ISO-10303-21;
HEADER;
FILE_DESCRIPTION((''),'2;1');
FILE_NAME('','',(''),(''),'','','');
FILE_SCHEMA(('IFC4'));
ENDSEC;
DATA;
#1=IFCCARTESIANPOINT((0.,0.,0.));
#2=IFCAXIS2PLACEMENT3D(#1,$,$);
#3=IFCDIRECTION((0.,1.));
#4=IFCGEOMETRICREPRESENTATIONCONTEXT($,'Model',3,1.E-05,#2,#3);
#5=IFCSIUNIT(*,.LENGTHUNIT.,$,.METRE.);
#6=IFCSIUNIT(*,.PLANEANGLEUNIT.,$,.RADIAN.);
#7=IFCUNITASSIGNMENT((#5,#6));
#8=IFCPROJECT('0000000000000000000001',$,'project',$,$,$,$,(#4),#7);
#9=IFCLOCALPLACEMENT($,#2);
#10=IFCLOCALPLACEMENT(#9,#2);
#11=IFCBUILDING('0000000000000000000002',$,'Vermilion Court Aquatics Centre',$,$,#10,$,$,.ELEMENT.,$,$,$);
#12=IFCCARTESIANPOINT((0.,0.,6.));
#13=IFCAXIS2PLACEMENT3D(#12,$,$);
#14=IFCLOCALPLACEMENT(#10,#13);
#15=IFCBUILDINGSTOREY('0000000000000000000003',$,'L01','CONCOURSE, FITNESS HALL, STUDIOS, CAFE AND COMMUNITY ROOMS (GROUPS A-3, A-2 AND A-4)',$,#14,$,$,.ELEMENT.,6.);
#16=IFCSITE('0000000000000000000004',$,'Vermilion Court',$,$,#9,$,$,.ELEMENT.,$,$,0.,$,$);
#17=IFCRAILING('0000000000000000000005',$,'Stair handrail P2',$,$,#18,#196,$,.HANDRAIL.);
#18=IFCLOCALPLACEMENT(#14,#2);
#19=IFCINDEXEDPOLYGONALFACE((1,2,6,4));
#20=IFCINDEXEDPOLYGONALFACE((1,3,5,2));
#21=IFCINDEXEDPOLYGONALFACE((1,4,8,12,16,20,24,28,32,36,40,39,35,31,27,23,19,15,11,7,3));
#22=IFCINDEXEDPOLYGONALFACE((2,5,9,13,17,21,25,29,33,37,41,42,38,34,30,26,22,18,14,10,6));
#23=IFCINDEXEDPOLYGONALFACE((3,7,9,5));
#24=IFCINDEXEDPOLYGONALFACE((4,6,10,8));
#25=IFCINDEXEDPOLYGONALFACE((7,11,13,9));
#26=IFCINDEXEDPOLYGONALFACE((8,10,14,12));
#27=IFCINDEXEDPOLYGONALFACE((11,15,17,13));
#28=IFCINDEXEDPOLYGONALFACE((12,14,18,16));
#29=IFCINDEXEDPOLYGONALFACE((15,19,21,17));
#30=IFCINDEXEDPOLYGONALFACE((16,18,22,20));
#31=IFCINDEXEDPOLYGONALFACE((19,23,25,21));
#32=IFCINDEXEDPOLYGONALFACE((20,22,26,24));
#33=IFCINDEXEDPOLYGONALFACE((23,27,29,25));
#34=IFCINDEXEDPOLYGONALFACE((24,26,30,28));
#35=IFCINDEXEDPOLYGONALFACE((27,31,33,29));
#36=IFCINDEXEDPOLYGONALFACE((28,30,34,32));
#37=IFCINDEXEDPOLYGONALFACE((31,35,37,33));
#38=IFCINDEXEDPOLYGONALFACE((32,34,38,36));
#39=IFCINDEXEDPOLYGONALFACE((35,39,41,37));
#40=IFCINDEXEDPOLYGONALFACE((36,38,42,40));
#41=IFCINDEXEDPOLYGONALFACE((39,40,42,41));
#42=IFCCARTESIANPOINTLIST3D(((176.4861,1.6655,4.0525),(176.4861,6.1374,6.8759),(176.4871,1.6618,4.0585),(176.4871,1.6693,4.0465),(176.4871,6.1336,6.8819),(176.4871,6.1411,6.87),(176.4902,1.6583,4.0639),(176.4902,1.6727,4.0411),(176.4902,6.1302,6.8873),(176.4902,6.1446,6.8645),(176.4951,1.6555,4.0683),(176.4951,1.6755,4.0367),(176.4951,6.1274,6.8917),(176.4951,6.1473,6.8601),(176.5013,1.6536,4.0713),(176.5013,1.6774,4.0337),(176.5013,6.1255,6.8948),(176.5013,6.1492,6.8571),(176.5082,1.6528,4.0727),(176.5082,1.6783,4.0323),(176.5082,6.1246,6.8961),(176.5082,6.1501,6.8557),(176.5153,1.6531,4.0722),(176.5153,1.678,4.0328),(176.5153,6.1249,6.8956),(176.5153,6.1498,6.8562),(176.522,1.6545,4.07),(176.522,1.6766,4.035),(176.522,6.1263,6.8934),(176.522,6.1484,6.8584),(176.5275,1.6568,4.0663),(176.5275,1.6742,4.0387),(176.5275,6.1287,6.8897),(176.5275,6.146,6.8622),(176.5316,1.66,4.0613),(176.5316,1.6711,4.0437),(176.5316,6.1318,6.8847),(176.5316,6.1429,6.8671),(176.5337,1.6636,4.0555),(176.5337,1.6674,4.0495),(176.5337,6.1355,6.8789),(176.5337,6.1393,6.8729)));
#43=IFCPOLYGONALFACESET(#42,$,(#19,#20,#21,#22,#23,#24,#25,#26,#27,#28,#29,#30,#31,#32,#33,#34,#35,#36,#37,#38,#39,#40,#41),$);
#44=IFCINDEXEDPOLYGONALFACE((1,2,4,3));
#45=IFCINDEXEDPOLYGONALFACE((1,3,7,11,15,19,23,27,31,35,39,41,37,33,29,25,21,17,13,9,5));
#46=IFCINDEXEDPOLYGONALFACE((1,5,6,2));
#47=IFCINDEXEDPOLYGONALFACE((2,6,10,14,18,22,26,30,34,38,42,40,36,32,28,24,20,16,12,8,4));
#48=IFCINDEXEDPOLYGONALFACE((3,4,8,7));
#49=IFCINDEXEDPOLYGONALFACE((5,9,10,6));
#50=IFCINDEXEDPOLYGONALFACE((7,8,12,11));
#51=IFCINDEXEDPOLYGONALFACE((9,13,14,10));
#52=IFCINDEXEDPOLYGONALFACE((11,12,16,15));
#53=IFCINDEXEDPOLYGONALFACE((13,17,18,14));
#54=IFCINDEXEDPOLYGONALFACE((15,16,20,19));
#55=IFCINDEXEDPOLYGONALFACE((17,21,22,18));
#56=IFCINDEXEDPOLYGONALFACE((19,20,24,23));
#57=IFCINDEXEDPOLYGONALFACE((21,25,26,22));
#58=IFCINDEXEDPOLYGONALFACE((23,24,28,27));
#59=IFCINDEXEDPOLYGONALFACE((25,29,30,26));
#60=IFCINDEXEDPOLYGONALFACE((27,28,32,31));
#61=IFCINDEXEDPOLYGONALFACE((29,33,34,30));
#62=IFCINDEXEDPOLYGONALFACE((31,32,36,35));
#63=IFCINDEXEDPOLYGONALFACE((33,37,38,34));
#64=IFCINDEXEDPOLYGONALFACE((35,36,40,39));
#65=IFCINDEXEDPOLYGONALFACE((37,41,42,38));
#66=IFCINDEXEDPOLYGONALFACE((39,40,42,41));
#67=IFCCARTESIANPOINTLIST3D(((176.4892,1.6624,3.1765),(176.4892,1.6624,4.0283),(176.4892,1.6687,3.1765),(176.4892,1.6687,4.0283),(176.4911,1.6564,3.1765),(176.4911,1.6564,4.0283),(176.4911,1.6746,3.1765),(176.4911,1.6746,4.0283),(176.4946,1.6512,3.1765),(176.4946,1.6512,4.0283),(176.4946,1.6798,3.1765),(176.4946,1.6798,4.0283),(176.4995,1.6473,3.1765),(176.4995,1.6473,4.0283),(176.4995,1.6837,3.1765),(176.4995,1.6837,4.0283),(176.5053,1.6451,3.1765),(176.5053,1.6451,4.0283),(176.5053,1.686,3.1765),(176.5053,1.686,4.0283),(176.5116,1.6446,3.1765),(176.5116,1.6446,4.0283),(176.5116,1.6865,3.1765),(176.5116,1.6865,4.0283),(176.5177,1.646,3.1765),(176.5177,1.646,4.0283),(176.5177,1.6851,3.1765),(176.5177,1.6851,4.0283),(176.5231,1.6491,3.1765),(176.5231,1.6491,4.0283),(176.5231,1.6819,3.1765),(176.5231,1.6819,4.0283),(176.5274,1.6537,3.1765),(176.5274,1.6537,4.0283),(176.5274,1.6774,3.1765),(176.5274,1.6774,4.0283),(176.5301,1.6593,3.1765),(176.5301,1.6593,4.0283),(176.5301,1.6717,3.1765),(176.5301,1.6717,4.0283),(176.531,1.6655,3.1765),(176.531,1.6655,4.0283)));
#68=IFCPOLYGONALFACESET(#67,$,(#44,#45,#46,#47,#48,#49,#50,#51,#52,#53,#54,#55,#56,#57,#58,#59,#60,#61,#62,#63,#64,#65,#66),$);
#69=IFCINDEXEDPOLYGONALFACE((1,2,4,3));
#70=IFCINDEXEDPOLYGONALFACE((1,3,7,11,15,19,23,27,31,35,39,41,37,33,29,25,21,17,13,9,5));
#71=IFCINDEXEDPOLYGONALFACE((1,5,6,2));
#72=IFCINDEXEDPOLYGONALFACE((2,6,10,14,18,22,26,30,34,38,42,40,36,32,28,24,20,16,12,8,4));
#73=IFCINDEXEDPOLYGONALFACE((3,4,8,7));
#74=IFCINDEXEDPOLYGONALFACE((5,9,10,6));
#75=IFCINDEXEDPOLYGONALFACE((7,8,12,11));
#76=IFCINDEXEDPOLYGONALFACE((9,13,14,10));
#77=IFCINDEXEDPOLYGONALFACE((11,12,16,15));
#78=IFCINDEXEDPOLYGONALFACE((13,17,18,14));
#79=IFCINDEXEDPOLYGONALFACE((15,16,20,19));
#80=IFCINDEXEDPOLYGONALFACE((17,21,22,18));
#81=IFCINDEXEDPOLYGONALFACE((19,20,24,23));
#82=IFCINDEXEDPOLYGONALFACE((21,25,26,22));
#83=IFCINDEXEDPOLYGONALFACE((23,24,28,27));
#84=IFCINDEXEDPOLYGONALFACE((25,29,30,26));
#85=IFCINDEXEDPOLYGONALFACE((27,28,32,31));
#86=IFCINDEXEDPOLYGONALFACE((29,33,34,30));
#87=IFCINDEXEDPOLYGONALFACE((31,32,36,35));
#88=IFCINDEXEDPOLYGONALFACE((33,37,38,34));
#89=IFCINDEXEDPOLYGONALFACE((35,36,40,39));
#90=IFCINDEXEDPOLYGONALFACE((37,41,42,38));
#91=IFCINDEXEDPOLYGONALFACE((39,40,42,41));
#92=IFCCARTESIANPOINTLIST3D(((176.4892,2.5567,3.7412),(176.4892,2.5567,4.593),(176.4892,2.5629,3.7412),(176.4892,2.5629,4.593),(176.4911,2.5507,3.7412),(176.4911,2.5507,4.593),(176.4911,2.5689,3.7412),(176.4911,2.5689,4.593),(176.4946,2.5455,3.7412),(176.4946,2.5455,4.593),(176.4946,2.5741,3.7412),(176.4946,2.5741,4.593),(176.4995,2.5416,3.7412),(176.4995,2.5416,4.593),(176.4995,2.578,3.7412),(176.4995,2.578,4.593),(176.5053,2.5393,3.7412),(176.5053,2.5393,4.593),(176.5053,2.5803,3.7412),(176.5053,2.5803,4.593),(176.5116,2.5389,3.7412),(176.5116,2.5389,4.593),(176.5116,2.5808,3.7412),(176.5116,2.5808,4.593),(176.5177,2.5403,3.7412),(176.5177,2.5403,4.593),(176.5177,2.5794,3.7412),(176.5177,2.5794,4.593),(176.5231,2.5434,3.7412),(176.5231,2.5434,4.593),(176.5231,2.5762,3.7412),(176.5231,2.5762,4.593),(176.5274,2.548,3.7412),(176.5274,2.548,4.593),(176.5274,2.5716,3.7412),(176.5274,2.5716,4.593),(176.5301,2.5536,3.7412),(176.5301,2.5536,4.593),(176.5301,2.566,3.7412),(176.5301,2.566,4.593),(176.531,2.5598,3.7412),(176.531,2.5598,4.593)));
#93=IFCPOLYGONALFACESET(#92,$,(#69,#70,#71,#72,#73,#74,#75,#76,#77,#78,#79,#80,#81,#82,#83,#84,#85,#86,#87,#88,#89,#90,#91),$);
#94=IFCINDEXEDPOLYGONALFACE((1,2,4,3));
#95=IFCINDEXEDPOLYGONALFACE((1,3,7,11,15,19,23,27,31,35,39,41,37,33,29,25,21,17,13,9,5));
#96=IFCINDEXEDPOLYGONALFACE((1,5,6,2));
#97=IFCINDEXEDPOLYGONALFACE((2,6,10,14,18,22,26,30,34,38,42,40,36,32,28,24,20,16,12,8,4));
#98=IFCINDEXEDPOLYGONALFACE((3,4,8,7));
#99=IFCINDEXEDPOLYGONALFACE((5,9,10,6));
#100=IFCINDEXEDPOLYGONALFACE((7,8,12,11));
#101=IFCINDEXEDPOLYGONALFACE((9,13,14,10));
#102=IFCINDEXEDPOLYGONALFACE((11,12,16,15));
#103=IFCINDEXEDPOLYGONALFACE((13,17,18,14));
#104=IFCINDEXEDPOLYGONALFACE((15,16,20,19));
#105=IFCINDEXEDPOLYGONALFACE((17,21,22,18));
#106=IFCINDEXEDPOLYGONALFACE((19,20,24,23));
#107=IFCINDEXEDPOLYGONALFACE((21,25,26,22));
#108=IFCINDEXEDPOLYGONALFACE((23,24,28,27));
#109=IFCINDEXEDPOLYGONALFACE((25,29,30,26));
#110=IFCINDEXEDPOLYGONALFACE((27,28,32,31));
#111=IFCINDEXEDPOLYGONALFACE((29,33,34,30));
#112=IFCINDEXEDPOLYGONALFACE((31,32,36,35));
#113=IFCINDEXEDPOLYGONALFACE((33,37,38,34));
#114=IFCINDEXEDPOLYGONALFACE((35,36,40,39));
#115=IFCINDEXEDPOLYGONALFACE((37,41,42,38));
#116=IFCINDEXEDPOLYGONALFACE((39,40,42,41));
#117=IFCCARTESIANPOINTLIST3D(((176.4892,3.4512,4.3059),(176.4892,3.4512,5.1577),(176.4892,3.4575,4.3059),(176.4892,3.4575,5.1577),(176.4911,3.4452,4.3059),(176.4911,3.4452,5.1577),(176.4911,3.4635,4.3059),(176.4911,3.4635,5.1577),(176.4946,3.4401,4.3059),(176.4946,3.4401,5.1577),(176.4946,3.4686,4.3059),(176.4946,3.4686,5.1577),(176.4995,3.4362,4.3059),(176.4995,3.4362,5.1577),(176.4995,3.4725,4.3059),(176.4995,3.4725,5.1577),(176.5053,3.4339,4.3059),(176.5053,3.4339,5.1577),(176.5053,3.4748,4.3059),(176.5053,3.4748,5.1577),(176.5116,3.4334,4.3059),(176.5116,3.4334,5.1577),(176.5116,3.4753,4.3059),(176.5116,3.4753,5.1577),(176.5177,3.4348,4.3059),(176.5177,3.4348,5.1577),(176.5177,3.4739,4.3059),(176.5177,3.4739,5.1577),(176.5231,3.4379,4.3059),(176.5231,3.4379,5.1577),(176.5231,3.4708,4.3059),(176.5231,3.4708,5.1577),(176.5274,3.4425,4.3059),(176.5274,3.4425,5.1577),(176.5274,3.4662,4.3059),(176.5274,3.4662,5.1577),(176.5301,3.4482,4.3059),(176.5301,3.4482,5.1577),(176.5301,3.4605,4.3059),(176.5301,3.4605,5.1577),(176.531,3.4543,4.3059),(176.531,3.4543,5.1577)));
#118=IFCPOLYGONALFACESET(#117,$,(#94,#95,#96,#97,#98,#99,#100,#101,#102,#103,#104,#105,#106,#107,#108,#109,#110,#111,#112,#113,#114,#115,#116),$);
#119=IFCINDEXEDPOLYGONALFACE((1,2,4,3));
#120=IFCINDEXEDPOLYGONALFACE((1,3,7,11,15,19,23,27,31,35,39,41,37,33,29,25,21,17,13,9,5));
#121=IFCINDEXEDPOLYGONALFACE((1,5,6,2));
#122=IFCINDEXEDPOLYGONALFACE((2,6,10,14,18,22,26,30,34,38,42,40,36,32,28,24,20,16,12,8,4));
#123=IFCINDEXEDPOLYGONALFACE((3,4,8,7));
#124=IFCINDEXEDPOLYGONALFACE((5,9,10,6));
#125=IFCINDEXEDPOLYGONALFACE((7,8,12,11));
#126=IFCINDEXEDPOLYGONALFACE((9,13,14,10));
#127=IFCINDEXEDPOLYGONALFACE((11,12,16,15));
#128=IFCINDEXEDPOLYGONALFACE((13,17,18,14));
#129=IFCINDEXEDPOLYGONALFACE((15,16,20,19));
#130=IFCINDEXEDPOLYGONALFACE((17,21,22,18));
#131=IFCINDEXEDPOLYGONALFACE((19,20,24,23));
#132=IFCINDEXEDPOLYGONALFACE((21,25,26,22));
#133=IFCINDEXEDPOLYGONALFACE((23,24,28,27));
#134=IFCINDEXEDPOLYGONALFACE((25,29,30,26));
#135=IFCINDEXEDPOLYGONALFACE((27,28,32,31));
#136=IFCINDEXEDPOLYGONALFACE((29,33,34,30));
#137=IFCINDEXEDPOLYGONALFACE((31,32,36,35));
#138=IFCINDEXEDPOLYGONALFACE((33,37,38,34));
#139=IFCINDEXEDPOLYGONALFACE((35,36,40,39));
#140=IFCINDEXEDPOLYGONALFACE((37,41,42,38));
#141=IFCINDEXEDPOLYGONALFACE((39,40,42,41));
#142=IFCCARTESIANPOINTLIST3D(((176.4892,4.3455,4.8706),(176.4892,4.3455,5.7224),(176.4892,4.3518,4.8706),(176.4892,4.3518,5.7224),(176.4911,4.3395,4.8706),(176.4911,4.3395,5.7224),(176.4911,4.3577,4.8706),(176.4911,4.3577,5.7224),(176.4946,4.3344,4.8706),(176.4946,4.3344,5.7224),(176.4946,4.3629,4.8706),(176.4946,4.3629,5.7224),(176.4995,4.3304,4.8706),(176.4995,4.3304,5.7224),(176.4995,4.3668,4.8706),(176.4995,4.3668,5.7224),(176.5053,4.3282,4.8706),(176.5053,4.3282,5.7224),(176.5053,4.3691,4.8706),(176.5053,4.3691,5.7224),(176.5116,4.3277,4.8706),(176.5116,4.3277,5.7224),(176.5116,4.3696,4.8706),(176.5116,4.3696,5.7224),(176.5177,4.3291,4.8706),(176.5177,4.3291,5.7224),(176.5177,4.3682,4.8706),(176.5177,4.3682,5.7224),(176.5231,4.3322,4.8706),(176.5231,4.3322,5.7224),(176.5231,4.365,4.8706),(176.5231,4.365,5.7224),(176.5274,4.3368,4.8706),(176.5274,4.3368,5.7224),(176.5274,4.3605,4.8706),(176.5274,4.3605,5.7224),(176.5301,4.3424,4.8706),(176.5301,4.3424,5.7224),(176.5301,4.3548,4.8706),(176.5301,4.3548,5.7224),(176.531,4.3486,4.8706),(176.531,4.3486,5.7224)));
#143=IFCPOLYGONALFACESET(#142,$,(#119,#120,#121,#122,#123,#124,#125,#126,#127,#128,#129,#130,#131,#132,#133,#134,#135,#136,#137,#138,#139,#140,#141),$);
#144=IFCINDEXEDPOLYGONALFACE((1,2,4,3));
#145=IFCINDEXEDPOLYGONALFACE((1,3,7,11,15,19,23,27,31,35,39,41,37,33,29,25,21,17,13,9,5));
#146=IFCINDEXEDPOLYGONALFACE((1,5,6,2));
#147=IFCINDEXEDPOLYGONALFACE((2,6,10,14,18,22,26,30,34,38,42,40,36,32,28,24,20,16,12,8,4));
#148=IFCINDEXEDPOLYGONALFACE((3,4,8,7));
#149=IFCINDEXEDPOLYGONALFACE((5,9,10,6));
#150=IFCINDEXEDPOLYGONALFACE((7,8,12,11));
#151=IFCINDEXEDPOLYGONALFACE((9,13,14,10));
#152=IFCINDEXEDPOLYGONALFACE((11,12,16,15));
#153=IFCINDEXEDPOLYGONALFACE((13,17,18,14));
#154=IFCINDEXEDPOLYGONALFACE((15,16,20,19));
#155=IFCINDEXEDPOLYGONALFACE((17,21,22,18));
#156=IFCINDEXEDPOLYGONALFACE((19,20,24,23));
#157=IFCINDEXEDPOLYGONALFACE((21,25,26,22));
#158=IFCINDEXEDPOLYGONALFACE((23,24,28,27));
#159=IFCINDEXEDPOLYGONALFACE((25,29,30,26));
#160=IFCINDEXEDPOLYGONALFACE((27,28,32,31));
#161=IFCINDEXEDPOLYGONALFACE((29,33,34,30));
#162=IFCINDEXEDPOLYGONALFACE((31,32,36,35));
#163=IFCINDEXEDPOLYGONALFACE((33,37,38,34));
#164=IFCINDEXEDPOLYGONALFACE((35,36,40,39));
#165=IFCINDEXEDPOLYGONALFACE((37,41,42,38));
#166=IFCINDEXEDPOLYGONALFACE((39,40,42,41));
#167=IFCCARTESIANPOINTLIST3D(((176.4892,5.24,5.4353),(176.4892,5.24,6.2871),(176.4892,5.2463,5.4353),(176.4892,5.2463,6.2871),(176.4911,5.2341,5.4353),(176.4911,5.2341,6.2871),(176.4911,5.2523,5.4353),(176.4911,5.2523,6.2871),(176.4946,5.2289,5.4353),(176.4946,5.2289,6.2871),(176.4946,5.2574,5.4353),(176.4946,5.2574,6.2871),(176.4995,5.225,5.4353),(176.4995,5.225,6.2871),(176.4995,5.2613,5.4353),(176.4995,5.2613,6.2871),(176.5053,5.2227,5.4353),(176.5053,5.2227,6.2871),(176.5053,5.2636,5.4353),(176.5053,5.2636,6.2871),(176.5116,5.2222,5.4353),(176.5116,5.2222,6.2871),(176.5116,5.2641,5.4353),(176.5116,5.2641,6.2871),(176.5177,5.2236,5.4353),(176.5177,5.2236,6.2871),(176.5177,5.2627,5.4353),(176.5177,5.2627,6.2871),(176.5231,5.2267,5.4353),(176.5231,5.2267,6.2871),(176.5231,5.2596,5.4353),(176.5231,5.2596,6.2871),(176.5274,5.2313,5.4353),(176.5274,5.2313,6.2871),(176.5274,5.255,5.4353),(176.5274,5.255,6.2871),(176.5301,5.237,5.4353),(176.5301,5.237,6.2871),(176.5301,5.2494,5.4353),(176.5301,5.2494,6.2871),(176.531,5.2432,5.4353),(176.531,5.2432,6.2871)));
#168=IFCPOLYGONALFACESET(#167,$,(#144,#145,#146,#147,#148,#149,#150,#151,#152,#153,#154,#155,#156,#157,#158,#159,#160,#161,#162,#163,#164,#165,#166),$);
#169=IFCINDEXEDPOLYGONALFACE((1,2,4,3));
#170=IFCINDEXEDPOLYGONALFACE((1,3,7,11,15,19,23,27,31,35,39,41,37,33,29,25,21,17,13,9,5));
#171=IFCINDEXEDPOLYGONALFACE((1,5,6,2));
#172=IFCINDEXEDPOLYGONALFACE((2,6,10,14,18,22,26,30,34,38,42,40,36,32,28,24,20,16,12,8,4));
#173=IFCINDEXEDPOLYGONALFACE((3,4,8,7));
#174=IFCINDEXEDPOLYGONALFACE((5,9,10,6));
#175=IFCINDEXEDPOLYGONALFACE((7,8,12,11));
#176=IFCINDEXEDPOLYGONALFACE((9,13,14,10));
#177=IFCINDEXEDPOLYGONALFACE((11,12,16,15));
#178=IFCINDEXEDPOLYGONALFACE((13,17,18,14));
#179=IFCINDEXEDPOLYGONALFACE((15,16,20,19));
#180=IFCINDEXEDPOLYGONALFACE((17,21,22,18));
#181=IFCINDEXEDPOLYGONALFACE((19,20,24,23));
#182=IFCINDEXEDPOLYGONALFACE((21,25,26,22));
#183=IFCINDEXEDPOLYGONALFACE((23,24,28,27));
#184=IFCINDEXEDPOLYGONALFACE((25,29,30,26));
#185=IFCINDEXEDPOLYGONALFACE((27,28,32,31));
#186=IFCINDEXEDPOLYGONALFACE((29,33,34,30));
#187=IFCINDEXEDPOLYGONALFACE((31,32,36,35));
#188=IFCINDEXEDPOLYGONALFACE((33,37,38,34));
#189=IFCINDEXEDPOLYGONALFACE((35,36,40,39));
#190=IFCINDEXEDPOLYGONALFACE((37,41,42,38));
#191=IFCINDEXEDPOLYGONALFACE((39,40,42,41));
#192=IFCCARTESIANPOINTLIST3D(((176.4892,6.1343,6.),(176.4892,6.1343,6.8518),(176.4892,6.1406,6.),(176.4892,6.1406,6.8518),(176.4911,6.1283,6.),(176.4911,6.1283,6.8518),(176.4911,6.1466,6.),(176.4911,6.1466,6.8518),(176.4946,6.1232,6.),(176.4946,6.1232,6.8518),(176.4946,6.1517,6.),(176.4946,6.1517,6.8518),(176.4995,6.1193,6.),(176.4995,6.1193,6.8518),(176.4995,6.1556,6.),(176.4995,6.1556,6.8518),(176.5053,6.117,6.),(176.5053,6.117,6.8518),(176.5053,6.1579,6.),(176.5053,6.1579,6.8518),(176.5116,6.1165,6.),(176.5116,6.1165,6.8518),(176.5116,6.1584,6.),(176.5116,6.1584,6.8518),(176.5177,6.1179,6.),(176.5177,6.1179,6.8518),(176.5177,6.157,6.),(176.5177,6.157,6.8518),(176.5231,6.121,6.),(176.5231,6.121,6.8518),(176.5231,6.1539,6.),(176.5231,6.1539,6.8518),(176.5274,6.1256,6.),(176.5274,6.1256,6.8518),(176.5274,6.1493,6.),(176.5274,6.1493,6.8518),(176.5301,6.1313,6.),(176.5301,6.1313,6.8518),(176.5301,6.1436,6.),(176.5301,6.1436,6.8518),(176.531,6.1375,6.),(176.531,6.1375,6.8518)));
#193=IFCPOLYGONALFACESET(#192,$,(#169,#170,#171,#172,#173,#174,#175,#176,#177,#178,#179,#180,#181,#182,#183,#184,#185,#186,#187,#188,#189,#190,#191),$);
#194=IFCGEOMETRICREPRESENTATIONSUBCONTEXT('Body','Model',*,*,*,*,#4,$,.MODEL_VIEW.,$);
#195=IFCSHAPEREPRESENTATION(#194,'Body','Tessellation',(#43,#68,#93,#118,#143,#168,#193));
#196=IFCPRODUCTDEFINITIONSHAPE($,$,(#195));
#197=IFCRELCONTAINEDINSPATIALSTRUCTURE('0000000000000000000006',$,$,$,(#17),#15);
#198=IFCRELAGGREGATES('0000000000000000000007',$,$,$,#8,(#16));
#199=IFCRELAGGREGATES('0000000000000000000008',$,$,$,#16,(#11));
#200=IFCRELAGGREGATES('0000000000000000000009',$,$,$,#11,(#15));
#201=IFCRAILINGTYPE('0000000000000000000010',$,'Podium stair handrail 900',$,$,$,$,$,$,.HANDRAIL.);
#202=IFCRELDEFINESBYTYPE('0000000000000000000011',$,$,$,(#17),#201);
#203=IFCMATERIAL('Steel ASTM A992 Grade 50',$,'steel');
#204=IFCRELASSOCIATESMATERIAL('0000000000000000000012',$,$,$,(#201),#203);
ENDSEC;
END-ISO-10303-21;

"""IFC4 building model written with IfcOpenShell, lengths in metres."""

from ifc_helpers import new_model, si_unit, direction, frame, origin, origin_2d, place, context, subcontext, project, spatial, circle, extrude, material, type_object, element, save


model = new_model("IFC4")

# Units and contexts
model_context = context("Model", 3, precision=1e-05, world=origin(), true_north=direction((0.0, 1.0)))
body_context = subcontext(model_context, "Body", "Model", "MODEL_VIEW")
ifc_project = project(units=[si_unit("LENGTHUNIT", "METRE"), si_unit("PLANEANGLEUNIT", "RADIAN")], contexts=[model_context])

# Site, building, storey
site_placement = place(None, origin())
site = spatial("IfcSite", under=ifc_project, at=site_placement, Name="Vermilion Court", CompositionType="ELEMENT", RefElevation=0.0)
building_placement = place(site_placement, origin())
building = spatial("IfcBuilding", under=site, at=building_placement, Name="Vermilion Court Aquatics Centre", CompositionType="ELEMENT")
storey_placement = place(building_placement, frame((0.0, 0.0, 6.0)))
storey = spatial("IfcBuildingStorey", under=building, at=storey_placement, Name="L01", Description="CONCOURSE, FITNESS HALL, STUDIOS, CAFE AND COMMUNITY ROOMS (GROUPS A-3, A-2 AND A-4)", CompositionType="ELEMENT", Elevation=6.0)

# Railing
ifc_material_1 = material(Name="Steel ASTM A992 Grade 50", Category="steel")
railing_type_1 = type_object("IfcRailingType", Name="Podium stair handrail 900", PredefinedType="HANDRAIL", material=ifc_material_1)
for number, where, name in (
    (1, (176.51, 1.6655, 3.1765), "Stair handrail P2"),
):
    element("IfcRailing", number, at=place(storey_placement, frame(where)), inside=storey, type_object=railing_type_1, Name=name, PredefinedType="HANDRAIL", context=body_context, shape_type="SweptSolid", body=[
        extrude(circle(Radius=0.0239, at=origin_2d()), frame((0.0, 0.0, 0.876), z_axis=(0.0, 0.845565, 0.533873), x_axis=(-1.0, 0.0, 0.0)), (0.0, 0.0, 1.0), 5.2886),
        extrude(circle(Radius=0.021, at=origin_2d()), origin(), (0.0, 0.0, 1.0), 0.8518),
        extrude(circle(Radius=0.021, at=origin_2d()), frame((0.0, 0.8943, 0.5647)), (0.0, 0.0, 1.0), 0.8518),
        extrude(circle(Radius=0.021, at=origin_2d()), frame((0.0, 1.7888, 1.1294)), (0.0, 0.0, 1.0), 0.8518),
        extrude(circle(Radius=0.021, at=origin_2d()), frame((0.0, 2.6831, 1.6941)), (0.0, 0.0, 1.0), 0.8518),
        extrude(circle(Radius=0.021, at=origin_2d()), frame((0.0, 3.5776, 2.2588)), (0.0, 0.0, 1.0), 0.8518),
        extrude(circle(Radius=0.021, at=origin_2d()), frame((0.0, 4.4719, 2.8235)), (0.0, 0.0, 1.0), 0.8518),
    ])

save(model, "model.ifc")
